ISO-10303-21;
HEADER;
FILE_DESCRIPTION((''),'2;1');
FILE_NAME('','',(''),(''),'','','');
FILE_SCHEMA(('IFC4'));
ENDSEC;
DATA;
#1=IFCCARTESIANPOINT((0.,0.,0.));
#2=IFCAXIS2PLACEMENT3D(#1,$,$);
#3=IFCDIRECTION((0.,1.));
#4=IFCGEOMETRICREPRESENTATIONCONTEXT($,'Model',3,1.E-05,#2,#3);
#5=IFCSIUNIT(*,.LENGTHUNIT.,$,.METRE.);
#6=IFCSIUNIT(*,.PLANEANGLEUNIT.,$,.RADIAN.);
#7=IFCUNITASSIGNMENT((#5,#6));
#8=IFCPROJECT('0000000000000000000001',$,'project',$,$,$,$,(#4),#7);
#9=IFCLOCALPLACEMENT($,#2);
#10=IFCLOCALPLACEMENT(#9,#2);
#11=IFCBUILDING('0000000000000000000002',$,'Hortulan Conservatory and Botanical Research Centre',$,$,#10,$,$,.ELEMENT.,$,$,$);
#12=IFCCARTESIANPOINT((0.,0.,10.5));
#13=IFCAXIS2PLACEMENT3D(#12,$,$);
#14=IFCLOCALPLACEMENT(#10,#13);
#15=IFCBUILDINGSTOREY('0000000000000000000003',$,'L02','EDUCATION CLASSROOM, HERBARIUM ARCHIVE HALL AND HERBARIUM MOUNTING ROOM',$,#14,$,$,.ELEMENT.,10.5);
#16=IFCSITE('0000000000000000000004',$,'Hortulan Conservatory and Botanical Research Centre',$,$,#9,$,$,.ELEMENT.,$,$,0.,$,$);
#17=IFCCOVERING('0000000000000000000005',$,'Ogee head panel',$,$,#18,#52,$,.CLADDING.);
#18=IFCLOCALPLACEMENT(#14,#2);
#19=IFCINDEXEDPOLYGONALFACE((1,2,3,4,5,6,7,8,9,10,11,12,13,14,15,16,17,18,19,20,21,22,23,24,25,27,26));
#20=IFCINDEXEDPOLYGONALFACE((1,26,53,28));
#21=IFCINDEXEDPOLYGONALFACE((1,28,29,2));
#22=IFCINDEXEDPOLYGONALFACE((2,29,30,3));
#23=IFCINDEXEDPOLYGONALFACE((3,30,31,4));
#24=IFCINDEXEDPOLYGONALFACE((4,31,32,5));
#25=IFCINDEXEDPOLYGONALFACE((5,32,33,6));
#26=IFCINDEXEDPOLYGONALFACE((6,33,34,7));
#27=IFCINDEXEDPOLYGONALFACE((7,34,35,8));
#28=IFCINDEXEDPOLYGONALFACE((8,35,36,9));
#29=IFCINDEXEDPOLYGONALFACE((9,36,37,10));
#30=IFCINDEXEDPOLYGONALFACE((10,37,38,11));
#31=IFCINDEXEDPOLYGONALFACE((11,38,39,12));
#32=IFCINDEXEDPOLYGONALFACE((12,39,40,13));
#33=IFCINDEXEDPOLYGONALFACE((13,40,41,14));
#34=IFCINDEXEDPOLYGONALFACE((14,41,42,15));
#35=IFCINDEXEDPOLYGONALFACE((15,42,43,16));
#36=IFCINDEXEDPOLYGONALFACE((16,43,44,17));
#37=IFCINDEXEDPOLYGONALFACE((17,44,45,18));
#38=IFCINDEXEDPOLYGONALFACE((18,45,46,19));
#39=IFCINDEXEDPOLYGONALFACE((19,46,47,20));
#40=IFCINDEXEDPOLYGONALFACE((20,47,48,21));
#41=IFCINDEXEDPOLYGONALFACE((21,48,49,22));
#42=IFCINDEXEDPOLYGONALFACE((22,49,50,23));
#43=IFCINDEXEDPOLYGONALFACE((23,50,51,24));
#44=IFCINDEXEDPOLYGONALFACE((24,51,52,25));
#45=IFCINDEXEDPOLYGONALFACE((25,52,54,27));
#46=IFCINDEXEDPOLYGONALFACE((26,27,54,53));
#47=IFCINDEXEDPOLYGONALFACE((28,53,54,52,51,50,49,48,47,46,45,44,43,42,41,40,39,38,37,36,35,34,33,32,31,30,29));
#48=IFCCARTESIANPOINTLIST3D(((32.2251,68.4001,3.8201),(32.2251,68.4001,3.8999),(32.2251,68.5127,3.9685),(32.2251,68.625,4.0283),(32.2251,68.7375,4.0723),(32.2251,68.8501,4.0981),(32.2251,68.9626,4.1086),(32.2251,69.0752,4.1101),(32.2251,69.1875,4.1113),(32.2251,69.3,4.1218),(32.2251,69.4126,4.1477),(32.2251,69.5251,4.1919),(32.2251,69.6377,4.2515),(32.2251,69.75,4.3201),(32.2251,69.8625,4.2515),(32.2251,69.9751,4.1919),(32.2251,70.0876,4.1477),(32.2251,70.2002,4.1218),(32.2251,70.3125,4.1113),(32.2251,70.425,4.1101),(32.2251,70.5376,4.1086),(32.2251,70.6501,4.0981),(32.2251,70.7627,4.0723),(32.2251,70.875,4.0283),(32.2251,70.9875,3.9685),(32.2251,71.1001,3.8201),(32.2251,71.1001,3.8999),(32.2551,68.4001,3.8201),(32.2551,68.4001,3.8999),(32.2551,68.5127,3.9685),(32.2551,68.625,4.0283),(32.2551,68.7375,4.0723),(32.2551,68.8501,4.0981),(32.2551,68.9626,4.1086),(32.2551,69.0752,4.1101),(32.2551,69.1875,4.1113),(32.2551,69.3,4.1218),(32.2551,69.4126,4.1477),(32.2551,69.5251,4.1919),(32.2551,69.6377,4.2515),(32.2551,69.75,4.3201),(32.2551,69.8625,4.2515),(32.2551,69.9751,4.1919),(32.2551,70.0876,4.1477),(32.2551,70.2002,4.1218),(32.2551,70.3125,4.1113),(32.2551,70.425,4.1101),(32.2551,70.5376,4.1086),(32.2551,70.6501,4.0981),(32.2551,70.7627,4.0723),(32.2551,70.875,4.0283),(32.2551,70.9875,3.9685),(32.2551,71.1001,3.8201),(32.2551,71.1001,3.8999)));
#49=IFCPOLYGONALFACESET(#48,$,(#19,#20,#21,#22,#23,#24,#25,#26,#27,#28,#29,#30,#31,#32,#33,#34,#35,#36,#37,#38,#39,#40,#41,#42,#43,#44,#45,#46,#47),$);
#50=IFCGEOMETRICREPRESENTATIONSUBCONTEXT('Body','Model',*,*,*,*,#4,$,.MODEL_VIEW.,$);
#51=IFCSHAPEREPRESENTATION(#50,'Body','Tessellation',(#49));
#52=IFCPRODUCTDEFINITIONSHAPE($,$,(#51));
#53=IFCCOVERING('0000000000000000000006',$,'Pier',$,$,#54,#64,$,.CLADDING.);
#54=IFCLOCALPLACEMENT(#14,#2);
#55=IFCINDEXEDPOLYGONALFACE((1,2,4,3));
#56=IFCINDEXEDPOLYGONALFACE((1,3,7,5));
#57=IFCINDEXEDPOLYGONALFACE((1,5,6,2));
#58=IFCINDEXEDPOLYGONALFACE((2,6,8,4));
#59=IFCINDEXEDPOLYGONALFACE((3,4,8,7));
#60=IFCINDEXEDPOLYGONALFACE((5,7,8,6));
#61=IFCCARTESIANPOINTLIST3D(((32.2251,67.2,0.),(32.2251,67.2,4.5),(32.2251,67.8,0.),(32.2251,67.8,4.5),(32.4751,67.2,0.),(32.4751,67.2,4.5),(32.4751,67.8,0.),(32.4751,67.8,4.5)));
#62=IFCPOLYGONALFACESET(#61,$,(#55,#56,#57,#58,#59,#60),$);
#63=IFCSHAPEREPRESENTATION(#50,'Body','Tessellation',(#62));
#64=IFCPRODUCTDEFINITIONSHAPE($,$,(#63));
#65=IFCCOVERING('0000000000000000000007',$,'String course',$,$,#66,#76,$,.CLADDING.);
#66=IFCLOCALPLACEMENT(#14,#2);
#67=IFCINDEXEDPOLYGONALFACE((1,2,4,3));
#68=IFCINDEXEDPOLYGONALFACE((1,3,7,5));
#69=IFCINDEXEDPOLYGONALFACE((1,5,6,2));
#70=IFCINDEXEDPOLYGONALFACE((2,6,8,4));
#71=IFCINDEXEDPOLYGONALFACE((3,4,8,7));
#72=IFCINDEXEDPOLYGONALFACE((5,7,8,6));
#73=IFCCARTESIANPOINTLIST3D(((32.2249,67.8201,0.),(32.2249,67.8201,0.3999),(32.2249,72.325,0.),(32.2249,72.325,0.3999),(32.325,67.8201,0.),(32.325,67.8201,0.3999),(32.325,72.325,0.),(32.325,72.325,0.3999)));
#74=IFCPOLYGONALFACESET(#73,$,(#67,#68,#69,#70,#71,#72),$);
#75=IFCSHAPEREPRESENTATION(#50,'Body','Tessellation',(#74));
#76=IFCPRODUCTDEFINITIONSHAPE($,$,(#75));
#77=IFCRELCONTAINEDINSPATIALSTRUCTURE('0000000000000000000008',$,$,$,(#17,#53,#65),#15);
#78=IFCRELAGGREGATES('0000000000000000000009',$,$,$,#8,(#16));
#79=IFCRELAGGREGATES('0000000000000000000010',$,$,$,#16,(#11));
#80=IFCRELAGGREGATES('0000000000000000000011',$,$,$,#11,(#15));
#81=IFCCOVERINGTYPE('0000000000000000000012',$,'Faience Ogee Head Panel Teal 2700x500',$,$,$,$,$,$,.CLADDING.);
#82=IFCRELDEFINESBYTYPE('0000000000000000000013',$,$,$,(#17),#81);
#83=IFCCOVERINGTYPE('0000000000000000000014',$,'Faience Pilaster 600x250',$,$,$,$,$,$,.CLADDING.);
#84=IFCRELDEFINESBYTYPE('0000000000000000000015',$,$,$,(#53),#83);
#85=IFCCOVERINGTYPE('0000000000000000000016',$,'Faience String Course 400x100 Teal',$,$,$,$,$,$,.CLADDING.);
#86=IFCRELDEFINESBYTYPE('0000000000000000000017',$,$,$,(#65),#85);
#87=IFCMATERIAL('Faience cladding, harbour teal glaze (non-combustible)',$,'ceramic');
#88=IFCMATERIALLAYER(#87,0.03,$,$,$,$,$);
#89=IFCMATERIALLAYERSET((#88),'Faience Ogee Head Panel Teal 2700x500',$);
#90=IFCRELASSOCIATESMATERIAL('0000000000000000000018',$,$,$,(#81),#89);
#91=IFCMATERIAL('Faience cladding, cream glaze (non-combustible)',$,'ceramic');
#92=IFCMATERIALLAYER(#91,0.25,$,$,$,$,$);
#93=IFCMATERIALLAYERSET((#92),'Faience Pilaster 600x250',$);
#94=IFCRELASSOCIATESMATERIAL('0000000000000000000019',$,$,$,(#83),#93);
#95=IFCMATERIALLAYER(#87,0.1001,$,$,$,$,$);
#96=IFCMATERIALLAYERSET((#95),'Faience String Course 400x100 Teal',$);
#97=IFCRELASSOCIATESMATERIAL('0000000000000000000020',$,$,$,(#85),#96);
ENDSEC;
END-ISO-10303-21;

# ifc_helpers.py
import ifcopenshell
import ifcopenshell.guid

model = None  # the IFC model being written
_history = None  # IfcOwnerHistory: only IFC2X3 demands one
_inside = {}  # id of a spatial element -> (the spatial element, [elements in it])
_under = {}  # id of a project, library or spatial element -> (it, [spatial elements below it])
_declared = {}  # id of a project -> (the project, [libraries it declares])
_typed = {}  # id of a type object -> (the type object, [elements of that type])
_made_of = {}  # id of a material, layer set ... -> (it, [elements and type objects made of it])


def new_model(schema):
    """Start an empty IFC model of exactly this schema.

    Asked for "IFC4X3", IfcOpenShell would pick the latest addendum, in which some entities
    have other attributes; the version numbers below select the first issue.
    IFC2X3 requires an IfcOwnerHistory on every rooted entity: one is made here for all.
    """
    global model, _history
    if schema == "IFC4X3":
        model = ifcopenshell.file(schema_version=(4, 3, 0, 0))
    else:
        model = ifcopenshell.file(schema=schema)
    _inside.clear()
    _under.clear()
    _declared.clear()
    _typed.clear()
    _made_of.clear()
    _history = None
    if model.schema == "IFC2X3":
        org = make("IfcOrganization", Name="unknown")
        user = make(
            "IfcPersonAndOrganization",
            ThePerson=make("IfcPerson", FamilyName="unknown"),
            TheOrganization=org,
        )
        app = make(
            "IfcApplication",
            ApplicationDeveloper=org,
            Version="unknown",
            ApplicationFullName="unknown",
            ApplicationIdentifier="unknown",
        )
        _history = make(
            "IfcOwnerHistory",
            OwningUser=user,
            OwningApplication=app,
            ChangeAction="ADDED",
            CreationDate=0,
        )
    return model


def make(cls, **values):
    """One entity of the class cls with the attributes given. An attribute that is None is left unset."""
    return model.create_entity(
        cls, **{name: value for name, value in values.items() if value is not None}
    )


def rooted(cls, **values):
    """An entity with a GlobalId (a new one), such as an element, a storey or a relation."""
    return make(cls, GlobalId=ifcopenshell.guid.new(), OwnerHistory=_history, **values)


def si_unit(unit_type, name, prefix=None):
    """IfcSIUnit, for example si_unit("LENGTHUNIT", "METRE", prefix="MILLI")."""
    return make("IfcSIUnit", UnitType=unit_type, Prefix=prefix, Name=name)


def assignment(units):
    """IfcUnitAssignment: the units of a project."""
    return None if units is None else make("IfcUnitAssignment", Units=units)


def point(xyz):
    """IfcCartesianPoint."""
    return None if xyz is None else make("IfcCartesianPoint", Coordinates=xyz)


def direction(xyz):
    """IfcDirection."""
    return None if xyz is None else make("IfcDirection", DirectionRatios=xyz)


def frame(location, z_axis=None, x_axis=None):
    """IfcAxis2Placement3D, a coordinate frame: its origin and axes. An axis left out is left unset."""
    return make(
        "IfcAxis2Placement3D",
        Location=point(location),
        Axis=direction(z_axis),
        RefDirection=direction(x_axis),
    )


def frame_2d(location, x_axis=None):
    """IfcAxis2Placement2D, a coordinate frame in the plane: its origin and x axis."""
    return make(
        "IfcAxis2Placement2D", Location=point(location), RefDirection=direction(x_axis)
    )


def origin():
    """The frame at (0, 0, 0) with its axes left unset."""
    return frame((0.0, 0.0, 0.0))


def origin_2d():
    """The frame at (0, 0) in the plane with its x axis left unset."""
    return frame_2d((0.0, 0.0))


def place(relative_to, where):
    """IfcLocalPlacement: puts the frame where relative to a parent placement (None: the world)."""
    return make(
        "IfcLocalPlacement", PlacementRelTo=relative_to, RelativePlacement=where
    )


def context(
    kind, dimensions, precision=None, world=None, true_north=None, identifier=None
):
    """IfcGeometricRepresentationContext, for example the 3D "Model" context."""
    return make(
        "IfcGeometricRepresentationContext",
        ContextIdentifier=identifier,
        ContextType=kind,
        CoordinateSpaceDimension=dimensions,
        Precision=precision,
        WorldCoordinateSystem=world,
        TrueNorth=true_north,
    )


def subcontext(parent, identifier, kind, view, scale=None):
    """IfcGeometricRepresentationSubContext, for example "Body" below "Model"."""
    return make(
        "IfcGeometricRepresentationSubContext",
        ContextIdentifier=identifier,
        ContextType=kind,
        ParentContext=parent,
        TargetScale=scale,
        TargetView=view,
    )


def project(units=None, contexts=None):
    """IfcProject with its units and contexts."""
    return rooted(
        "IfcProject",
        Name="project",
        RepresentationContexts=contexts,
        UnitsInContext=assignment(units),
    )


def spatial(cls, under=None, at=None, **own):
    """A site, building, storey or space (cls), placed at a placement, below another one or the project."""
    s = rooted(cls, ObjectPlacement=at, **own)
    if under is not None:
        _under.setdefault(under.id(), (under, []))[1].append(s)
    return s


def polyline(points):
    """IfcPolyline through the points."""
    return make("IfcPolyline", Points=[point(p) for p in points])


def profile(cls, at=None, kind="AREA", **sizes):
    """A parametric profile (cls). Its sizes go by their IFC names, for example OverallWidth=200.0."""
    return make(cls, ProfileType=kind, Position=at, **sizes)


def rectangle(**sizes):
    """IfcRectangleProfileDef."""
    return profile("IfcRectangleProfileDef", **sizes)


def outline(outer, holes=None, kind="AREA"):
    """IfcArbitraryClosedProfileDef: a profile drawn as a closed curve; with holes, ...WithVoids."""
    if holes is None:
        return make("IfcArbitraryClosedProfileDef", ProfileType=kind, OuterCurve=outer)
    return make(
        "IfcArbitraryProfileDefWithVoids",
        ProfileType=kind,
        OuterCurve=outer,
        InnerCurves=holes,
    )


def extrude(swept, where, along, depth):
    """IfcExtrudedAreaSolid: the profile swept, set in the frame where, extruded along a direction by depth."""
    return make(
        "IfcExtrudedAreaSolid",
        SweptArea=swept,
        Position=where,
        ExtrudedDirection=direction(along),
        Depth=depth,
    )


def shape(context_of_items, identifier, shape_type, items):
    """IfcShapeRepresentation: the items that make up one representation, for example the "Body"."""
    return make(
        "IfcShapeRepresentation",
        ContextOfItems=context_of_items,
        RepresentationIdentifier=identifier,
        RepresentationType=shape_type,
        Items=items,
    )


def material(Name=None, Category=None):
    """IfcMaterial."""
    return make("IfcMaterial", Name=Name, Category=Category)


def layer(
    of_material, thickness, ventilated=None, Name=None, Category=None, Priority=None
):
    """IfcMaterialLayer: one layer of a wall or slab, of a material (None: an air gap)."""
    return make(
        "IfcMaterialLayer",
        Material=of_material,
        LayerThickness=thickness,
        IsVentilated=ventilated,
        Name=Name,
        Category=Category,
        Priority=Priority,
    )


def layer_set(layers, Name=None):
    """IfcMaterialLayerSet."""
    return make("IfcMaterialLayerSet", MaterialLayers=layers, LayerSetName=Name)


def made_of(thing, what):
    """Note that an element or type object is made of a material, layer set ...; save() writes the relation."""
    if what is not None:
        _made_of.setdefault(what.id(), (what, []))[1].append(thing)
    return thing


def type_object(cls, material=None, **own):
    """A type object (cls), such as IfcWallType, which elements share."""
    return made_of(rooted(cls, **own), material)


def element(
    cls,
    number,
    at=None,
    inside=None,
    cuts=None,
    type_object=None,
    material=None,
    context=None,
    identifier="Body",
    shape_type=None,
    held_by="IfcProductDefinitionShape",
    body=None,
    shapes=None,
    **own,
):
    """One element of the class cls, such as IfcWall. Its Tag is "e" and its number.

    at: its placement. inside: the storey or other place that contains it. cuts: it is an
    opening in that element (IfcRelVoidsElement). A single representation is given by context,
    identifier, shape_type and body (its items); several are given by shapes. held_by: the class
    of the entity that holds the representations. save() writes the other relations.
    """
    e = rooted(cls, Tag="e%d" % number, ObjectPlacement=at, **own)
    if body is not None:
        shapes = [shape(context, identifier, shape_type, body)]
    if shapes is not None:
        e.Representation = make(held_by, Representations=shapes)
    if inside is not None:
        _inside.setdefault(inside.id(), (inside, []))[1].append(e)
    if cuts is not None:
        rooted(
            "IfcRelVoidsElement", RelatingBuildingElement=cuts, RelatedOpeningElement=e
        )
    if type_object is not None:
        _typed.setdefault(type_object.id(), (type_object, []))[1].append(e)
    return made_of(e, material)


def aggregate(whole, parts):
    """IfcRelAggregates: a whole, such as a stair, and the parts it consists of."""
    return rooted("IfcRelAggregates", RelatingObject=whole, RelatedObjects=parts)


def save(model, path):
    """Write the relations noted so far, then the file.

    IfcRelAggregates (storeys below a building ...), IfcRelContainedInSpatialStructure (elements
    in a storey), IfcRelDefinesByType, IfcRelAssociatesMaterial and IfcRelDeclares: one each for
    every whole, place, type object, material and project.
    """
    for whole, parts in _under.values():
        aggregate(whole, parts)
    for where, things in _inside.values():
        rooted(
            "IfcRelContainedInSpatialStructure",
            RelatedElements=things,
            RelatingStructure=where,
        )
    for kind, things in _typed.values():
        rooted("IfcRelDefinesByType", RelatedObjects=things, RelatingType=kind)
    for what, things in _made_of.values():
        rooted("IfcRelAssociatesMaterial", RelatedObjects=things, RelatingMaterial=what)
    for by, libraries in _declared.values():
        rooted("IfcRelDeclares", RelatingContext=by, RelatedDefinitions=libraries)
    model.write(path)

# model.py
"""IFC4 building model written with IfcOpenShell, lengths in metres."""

from ifc_helpers import new_model, si_unit, direction, frame, origin, origin_2d, place, context, subcontext, project, spatial, polyline, rectangle, outline, extrude, material, layer, layer_set, type_object, element, save


model = new_model("IFC4")

# Units and contexts
model_context = context("Model", 3, precision=1e-05, world=origin(), true_north=direction((0.0, 1.0)))
body_context = subcontext(model_context, "Body", "Model", "MODEL_VIEW")
ifc_project = project(units=[si_unit("LENGTHUNIT", "METRE"), si_unit("PLANEANGLEUNIT", "RADIAN")], contexts=[model_context])

# Site, building, storey
site_placement = place(None, origin())
site = spatial("IfcSite", under=ifc_project, at=site_placement, Name="Hortulan Conservatory and Botanical Research Centre", CompositionType="ELEMENT", RefElevation=0.0)
building_placement = place(site_placement, origin())
building = spatial("IfcBuilding", under=site, at=building_placement, Name="Hortulan Conservatory and Botanical Research Centre", CompositionType="ELEMENT")
storey_placement = place(building_placement, frame((0.0, 0.0, 10.5)))
storey = spatial("IfcBuildingStorey", under=building, at=storey_placement, Name="L02", Description="EDUCATION CLASSROOM, HERBARIUM ARCHIVE HALL AND HERBARIUM MOUNTING ROOM", CompositionType="ELEMENT", Elevation=10.5)

# Coverings
ifc_material_1 = material(Name="Faience cladding, harbour teal glaze (non-combustible)", Category="ceramic")
ifc_layer_1 = layer(ifc_material_1, 0.03)
ifc_layer_set_1 = layer_set([ifc_layer_1], Name="Faience Ogee Head Panel Teal 2700x500")
covering_type_1 = type_object("IfcCoveringType", Name="Faience Ogee Head Panel Teal 2700x500", PredefinedType="CLADDING", material=ifc_layer_set_1)
covering_1_placement = place(storey_placement, frame((32.24, 71.1001, 3.8201), z_axis=(0.0, 0.0, 1.0), x_axis=(0.0, -1.0, 0.0)))
element("IfcCovering", 1, at=covering_1_placement, inside=storey, type_object=covering_type_1, Name="Ogee head panel", PredefinedType="CLADDING", context=body_context, shape_type="SweptSolid", body=[
    extrude(outline(polyline([(0.0, 0.0), (2.7, 0.0), (2.7, 0.0798), (2.5874, 0.1484), (2.4751, 0.2083), (2.3625, 0.2522), (2.25, 0.2781), (2.1375, 0.2886), (2.0249, 0.29), (1.9126, 0.2913), (1.8, 0.3018), (1.6875, 0.3276), (1.575, 0.3718), (1.4624, 0.4314), (1.3501, 0.5), (1.2375, 0.4314), (1.125, 0.3718), (1.0125, 0.3276), (0.8999, 0.3018), (0.7876, 0.2913), (0.675, 0.29), (0.5625, 0.2886), (0.45, 0.2781), (0.3374, 0.2522), (0.2251, 0.2083), (0.1125, 0.1484), (0.0, 0.0798), (0.0, 0.0)])), frame((0.0, 0.0151, 0.0), z_axis=(0.0, -1.0, 0.0), x_axis=(1.0, 0.0, 0.0)), (0.0, 0.0, 1.0), 0.03),
])
ifc_material_2 = material(Name="Faience cladding, cream glaze (non-combustible)", Category="ceramic")
ifc_layer_2 = layer(ifc_material_2, 0.25)
ifc_layer_set_2 = layer_set([ifc_layer_2], Name="Faience Pilaster 600x250")
covering_type_2 = type_object("IfcCoveringType", Name="Faience Pilaster 600x250", PredefinedType="CLADDING", material=ifc_layer_set_2)
covering_2_placement = place(storey_placement, frame((32.3501, 67.5, 0.0), z_axis=(0.0, 0.0, 1.0), x_axis=(0.0, -1.0, 0.0)))
element("IfcCovering", 2, at=covering_2_placement, inside=storey, type_object=covering_type_2, Name="Pier", PredefinedType="CLADDING", context=body_context, shape_type="SweptSolid", body=[
    extrude(rectangle(XDim=0.6001, YDim=0.25, at=origin_2d()), origin(), (0.0, 0.0, 1.0), 4.5),
])
ifc_layer_3 = layer(ifc_material_1, 0.1001)
ifc_layer_set_3 = layer_set([ifc_layer_3], Name="Faience String Course 400x100 Teal")
covering_type_3 = type_object("IfcCoveringType", Name="Faience String Course 400x100 Teal", PredefinedType="CLADDING", material=ifc_layer_set_3)
covering_3_placement = place(storey_placement, frame((32.2749, 70.0725, 0.0), z_axis=(0.0, 0.0, 1.0), x_axis=(0.0, -1.0, 0.0)))
element("IfcCovering", 3, at=covering_3_placement, inside=storey, type_object=covering_type_3, Name="String course", PredefinedType="CLADDING", context=body_context, shape_type="SweptSolid", body=[
    extrude(rectangle(XDim=4.5049, YDim=0.1001, at=origin_2d()), origin(), (0.0, 0.0, 1.0), 0.3999),
])

save(model, "model.ifc")
